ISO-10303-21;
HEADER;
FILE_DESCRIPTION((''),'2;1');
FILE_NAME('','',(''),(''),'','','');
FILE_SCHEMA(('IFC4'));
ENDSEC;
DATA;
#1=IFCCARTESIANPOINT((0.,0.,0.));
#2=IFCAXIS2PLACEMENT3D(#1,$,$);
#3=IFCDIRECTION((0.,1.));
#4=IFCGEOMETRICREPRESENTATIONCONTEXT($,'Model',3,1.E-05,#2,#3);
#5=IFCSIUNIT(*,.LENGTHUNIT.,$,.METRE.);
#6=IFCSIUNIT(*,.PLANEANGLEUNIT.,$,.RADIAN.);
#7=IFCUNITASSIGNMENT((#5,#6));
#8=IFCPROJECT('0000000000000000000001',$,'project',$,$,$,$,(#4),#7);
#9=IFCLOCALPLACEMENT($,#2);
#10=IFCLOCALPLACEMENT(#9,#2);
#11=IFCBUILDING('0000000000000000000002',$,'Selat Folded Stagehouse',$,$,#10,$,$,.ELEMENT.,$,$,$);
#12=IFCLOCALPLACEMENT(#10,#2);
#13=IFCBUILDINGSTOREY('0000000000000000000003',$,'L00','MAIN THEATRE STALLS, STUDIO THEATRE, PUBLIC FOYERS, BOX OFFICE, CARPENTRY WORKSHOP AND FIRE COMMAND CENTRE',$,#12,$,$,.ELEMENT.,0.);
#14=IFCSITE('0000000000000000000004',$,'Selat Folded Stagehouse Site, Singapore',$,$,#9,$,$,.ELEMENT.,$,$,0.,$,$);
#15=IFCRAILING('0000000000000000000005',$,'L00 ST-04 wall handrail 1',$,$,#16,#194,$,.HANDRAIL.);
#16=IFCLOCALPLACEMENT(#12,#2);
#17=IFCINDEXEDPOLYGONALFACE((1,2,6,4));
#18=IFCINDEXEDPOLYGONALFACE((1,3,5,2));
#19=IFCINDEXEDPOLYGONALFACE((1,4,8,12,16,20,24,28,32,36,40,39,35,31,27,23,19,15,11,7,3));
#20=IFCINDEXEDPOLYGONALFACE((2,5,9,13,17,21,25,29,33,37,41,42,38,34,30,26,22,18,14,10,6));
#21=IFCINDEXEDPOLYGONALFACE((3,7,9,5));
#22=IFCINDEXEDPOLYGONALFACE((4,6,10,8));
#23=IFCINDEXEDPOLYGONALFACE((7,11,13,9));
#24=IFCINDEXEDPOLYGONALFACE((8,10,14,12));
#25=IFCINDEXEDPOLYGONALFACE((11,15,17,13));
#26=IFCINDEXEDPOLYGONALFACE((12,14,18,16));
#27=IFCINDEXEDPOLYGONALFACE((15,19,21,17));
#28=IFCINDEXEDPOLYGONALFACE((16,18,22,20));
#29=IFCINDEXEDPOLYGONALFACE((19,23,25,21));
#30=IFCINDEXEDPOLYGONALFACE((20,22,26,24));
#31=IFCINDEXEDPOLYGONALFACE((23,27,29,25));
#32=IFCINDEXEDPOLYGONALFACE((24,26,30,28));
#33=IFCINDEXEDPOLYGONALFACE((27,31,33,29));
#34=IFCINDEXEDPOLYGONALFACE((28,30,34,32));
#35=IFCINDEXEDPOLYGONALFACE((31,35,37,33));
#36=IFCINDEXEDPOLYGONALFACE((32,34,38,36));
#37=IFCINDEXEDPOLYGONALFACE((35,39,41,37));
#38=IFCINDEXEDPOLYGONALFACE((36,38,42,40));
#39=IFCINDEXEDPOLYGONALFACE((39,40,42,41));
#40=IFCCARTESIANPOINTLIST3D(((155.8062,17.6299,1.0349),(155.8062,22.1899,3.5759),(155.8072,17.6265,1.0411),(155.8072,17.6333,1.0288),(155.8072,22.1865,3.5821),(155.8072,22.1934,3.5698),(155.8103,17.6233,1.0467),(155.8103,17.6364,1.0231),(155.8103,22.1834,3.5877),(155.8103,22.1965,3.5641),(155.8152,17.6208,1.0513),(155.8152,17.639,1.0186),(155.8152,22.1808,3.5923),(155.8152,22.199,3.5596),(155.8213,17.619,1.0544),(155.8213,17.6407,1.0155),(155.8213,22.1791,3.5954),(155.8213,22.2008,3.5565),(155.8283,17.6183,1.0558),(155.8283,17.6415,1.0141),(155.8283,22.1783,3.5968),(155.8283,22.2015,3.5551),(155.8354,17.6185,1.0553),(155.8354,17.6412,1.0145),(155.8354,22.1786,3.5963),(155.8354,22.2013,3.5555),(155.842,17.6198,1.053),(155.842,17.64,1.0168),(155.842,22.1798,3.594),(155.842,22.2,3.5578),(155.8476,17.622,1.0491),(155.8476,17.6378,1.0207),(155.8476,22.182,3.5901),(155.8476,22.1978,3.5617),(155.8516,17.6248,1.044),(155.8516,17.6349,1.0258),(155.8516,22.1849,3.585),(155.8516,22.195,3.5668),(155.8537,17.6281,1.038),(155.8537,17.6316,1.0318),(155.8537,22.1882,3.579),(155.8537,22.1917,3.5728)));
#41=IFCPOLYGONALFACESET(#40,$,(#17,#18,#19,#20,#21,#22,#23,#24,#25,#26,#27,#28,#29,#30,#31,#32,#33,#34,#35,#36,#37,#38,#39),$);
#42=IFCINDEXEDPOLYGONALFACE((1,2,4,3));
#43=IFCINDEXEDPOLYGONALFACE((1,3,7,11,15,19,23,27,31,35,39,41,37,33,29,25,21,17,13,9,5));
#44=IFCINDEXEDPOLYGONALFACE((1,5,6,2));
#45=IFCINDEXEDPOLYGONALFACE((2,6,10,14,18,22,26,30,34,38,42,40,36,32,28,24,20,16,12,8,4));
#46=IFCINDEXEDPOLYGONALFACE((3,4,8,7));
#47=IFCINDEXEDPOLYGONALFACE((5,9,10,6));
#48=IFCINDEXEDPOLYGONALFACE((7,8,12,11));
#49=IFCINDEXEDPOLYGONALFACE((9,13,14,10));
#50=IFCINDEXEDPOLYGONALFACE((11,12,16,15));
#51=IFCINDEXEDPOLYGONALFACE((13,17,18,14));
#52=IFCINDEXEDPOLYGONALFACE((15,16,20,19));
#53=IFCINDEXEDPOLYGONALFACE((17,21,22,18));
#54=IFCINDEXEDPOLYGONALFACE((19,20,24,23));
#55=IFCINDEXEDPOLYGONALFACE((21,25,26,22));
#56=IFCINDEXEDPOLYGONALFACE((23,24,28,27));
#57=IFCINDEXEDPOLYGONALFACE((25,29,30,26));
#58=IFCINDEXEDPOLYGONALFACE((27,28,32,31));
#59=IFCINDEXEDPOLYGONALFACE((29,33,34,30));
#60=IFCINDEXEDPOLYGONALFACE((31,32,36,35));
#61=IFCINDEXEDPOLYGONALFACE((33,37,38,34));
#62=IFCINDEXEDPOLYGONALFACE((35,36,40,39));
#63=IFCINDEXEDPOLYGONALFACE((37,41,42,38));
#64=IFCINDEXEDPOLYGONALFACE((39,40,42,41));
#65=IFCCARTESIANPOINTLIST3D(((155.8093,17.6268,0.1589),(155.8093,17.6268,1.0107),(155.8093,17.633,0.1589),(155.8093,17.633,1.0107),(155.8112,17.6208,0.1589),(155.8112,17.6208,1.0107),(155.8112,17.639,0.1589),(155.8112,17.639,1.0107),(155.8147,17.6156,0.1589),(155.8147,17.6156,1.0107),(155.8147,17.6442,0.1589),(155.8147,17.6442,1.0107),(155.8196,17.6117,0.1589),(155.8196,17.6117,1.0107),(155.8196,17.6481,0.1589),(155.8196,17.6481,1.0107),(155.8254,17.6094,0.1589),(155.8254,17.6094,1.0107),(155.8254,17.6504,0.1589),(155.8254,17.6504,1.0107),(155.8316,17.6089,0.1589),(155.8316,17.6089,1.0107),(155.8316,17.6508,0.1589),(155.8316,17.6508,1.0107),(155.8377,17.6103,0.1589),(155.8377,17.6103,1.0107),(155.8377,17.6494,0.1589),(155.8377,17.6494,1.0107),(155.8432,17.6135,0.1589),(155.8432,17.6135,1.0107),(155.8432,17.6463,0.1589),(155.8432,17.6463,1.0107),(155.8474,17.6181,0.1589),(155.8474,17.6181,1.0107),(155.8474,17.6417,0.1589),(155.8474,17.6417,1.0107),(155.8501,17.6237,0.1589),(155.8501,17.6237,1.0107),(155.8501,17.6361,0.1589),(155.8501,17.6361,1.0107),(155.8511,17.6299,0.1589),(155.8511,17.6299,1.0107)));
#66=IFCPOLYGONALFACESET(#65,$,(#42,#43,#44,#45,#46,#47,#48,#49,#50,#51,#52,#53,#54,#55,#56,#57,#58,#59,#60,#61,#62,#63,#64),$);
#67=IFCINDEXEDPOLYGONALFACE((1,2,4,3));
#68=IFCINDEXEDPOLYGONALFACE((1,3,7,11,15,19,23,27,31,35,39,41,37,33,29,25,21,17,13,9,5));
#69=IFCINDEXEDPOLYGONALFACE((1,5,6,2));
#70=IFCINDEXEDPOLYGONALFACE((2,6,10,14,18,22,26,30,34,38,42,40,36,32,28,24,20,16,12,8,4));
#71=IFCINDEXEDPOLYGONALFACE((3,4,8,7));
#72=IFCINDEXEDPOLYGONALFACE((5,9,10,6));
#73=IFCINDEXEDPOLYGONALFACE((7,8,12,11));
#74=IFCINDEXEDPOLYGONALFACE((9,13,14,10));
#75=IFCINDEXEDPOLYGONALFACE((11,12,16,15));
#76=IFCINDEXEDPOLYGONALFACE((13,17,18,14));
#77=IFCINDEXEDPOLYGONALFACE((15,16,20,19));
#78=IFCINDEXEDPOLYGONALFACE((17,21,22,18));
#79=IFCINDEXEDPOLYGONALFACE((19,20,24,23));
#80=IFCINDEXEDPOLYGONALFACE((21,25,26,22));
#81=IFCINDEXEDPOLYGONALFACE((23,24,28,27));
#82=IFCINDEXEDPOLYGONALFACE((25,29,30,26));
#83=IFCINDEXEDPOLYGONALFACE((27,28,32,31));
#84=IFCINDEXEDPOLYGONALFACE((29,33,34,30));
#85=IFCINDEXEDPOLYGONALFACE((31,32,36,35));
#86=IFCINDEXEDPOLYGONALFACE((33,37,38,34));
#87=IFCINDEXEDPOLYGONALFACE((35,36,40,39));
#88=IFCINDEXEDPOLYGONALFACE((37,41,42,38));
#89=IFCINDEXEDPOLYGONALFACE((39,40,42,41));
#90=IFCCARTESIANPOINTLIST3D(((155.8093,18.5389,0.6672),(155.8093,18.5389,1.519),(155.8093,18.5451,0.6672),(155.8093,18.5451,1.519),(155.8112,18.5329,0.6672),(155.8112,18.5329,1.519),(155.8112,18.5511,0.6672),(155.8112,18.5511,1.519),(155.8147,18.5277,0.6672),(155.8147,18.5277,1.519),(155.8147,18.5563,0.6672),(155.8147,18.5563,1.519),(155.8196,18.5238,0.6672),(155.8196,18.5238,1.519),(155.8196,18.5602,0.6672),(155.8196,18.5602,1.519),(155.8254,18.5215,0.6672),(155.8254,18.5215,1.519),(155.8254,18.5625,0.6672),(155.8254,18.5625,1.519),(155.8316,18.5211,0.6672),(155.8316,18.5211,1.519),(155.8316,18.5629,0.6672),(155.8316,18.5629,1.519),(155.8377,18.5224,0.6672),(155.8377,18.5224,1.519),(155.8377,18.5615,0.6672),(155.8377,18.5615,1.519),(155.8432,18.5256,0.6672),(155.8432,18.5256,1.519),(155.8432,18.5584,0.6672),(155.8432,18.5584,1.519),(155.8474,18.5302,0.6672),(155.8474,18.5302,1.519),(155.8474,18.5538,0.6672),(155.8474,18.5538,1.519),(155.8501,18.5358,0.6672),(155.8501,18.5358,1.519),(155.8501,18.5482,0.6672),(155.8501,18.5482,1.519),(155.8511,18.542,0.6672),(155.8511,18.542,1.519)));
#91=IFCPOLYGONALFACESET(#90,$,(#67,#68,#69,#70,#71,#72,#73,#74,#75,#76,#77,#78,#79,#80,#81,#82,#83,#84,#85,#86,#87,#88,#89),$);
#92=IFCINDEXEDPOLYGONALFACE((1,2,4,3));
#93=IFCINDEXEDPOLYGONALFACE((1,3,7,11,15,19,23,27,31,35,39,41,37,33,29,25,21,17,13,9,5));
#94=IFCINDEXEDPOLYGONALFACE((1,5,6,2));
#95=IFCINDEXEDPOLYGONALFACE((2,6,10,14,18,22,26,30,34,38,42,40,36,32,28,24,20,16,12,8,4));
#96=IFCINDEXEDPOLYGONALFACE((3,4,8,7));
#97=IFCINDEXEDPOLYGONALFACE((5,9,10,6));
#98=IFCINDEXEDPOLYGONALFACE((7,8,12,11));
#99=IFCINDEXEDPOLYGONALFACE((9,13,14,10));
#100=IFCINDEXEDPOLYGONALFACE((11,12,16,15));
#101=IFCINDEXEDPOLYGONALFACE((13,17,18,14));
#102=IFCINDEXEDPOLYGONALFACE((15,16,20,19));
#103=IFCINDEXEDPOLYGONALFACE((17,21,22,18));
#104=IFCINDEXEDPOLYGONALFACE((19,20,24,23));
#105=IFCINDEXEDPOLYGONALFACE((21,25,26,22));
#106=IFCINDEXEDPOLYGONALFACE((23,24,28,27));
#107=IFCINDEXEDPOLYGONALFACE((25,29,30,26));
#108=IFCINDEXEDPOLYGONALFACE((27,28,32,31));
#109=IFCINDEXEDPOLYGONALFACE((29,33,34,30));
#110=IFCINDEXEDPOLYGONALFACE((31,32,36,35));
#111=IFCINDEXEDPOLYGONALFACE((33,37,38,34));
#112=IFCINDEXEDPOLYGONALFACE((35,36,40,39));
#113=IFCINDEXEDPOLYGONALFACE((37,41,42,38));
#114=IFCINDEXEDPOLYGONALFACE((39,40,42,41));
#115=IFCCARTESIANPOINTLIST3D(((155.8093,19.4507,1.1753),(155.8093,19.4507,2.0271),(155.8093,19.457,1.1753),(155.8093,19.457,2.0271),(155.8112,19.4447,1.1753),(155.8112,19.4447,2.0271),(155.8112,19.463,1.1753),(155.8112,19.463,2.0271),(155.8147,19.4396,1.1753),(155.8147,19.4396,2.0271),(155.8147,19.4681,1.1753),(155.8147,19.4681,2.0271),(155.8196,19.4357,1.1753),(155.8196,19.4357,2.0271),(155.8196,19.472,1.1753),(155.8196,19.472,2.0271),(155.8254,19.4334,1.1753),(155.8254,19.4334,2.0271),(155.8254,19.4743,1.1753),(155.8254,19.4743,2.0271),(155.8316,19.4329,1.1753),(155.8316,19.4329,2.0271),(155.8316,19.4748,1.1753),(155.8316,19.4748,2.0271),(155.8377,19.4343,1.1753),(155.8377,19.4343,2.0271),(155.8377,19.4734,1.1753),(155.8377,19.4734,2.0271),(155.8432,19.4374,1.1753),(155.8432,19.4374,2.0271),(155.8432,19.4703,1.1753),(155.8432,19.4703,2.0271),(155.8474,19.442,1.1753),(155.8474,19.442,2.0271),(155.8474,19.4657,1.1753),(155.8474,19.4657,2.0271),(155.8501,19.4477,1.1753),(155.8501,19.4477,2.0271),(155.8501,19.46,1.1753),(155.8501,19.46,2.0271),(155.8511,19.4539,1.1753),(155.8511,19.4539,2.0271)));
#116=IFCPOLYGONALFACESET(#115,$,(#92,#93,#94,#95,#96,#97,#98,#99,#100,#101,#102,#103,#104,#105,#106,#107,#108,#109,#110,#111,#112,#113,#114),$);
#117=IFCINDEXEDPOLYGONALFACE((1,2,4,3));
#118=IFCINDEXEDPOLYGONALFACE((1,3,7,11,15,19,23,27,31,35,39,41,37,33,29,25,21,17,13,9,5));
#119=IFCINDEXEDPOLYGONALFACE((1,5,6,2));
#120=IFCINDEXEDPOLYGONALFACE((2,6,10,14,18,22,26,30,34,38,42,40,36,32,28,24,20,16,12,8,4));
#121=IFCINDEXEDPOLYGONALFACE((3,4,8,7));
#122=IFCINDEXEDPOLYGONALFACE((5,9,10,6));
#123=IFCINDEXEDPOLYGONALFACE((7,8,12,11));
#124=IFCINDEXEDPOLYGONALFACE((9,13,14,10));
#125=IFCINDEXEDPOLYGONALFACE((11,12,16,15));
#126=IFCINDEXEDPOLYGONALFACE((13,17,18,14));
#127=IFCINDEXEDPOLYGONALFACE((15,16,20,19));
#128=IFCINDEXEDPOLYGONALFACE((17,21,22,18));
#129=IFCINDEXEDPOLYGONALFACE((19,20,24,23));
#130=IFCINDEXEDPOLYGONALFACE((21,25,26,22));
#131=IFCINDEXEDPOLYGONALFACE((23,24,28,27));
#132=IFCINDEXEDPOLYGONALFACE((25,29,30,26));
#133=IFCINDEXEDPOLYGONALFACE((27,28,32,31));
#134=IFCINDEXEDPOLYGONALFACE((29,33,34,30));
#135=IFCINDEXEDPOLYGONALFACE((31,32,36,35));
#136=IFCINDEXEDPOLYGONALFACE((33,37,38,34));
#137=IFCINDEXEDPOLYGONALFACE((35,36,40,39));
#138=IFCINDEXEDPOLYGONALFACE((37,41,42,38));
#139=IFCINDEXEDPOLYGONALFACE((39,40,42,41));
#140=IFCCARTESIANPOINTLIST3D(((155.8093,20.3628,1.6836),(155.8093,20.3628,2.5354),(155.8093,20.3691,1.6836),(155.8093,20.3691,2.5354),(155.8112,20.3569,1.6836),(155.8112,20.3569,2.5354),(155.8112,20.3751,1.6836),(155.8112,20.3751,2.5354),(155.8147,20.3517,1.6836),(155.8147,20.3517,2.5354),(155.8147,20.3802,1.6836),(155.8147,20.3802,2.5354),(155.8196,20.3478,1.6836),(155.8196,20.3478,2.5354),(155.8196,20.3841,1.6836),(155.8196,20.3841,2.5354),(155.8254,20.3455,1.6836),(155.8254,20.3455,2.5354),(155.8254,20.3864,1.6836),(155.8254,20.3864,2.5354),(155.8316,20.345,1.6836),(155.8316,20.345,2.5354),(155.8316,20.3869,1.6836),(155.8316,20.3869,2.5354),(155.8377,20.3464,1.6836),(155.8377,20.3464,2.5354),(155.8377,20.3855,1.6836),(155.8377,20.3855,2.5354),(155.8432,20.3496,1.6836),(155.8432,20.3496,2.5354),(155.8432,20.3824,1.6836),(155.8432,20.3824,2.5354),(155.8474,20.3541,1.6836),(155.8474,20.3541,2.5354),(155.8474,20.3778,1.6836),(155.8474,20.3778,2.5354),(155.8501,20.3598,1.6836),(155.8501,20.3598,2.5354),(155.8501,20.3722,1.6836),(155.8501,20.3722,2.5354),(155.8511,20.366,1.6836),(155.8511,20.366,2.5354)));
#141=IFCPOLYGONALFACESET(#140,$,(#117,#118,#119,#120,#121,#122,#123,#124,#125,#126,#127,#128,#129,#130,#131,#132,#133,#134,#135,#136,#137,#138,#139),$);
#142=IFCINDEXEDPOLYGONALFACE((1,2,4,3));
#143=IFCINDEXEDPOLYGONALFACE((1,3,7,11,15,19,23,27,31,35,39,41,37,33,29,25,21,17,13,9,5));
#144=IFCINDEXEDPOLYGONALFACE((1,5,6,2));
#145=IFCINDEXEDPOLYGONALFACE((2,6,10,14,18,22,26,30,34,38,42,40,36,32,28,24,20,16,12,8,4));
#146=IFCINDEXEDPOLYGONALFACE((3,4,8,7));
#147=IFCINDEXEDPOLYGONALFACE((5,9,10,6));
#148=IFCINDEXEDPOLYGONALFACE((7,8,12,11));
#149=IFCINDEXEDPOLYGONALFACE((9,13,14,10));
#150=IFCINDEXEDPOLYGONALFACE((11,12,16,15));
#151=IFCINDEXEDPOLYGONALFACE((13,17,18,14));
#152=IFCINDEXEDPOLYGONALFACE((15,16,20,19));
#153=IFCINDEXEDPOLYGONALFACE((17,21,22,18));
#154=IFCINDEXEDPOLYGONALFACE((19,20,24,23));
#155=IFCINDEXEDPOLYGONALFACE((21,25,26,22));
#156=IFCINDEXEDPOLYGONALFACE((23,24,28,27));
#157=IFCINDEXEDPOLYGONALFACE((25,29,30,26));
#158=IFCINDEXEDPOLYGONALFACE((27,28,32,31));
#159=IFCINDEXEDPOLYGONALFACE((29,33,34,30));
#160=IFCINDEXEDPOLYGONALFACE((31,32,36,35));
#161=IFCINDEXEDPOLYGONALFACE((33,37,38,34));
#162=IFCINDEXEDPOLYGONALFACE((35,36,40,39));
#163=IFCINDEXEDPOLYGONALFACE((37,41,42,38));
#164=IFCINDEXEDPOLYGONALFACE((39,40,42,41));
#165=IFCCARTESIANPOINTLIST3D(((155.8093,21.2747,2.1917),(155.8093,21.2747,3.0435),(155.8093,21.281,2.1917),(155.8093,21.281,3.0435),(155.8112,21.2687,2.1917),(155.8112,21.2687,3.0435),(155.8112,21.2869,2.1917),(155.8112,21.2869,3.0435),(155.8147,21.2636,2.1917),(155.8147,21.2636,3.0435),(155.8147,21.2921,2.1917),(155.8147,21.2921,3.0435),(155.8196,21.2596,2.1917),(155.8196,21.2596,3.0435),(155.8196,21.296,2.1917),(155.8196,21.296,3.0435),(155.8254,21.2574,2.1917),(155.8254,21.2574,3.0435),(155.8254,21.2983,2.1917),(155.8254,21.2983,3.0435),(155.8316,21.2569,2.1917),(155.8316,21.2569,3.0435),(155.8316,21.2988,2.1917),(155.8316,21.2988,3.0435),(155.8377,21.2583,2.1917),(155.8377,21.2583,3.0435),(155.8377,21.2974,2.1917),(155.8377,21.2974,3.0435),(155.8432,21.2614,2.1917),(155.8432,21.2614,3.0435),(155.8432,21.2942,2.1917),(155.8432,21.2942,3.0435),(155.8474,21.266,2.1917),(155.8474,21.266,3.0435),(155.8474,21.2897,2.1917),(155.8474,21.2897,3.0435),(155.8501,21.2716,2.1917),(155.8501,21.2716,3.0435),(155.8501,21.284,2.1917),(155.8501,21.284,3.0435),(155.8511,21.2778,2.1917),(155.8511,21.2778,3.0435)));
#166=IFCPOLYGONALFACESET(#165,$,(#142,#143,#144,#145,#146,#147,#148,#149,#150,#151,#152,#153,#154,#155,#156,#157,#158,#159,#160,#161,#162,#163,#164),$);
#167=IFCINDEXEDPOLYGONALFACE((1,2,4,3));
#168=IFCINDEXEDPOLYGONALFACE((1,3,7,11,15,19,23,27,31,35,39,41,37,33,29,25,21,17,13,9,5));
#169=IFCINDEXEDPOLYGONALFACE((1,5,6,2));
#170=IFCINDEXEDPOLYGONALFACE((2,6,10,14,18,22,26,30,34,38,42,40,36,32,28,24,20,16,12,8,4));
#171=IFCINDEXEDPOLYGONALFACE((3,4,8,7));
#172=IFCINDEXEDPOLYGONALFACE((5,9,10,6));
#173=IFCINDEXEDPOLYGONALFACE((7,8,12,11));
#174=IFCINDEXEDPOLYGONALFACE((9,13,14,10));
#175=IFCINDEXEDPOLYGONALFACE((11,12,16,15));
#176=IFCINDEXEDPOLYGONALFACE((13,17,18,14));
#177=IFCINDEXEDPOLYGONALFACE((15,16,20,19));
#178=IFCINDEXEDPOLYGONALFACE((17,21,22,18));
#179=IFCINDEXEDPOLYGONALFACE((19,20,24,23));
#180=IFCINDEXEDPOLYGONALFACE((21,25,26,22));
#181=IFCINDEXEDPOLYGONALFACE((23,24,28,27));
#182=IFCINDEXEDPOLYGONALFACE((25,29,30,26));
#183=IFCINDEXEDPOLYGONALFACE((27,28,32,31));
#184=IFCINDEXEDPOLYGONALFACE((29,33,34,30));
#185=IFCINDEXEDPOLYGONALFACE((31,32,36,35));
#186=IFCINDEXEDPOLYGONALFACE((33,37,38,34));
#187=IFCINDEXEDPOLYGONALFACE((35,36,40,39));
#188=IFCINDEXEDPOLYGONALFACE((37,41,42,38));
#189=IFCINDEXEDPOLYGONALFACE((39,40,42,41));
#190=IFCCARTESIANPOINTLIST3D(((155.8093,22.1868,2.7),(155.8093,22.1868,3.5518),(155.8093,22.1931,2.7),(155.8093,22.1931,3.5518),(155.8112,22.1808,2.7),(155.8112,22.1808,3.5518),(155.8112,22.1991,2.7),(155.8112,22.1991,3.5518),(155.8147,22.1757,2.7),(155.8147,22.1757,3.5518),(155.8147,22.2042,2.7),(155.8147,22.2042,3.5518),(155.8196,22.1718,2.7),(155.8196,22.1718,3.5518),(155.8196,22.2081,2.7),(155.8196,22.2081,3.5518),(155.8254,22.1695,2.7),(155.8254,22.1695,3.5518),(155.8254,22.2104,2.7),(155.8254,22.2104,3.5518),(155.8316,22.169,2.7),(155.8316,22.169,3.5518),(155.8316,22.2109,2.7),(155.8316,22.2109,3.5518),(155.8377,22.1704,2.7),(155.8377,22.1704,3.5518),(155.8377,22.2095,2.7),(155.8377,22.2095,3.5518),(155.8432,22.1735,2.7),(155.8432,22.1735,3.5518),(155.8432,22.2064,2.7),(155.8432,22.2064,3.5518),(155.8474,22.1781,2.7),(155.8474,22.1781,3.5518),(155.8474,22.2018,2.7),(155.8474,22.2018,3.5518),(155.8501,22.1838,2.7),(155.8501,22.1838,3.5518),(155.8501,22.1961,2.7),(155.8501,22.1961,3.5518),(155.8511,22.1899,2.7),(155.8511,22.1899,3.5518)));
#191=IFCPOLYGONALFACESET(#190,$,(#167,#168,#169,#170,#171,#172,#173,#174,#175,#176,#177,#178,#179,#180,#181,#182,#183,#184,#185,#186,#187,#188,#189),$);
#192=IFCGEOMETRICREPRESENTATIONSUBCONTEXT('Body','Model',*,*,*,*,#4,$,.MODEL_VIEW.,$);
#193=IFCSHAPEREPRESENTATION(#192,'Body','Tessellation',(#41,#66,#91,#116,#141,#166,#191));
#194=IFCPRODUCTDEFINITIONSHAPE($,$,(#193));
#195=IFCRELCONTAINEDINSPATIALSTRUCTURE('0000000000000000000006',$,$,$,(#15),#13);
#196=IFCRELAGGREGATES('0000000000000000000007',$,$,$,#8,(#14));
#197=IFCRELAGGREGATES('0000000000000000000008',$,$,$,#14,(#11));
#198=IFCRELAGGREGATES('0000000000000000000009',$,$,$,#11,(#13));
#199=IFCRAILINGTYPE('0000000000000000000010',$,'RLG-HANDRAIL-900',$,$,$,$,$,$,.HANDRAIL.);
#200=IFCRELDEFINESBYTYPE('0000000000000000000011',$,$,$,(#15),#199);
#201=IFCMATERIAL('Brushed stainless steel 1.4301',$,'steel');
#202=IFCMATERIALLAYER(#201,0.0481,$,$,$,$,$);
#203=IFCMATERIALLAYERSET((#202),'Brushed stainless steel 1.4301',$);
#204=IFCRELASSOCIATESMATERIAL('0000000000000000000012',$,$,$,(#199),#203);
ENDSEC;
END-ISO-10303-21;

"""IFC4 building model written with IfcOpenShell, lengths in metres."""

from ifc_helpers import new_model, si_unit, direction, frame, origin, origin_2d, place, context, subcontext, project, spatial, circle, extrude, material, layer, layer_set, type_object, element, save


model = new_model("IFC4")

# Units and contexts
model_context = context("Model", 3, precision=1e-05, world=origin(), true_north=direction((0.0, 1.0)))
body_context = subcontext(model_context, "Body", "Model", "MODEL_VIEW")
ifc_project = project(units=[si_unit("LENGTHUNIT", "METRE"), si_unit("PLANEANGLEUNIT", "RADIAN")], contexts=[model_context])

# Site, building, storey
site_placement = place(None, origin())
site = spatial("IfcSite", under=ifc_project, at=site_placement, Name="Selat Folded Stagehouse Site, Singapore", CompositionType="ELEMENT", RefElevation=0.0)
building_placement = place(site_placement, origin())
building = spatial("IfcBuilding", under=site, at=building_placement, Name="Selat Folded Stagehouse", CompositionType="ELEMENT")
storey_placement = place(building_placement, origin())
storey = spatial("IfcBuildingStorey", under=building, at=storey_placement, Name="L00", Description="MAIN THEATRE STALLS, STUDIO THEATRE, PUBLIC FOYERS, BOX OFFICE, CARPENTRY WORKSHOP AND FIRE COMMAND CENTRE", CompositionType="ELEMENT", Elevation=0.0)

# Railing
ifc_material_1 = material(Name="Brushed stainless steel 1.4301", Category="steel")
ifc_layer_1 = layer(ifc_material_1, 0.0481)
ifc_layer_set_1 = layer_set([ifc_layer_1], Name="Brushed stainless steel 1.4301")
railing_type_1 = type_object("IfcRailingType", Name="RLG-HANDRAIL-900", PredefinedType="HANDRAIL", material=ifc_layer_set_1)
railing_1_placement = place(storey_placement, frame((155.8301, 17.6299, 0.1589)))
element("IfcRailing", 1, at=railing_1_placement, inside=storey, type_object=railing_type_1, Name="L00 ST-04 wall handrail 1", PredefinedType="HANDRAIL", context=body_context, shape_type="SweptSolid", body=[
    extrude(circle(Radius=0.0239, at=origin_2d()), frame((0.0, 0.0, 0.876), z_axis=(0.0, 0.873534, 0.486762), x_axis=(-1.0, 0.0, 0.0)), (0.0, 0.0, 1.0), 5.2202),
    extrude(circle(Radius=0.021, at=origin_2d()), origin(), (0.0, 0.0, 1.0), 0.8518),
    extrude(circle(Radius=0.021, at=origin_2d()), frame((0.0, 0.9121, 0.5083)), (0.0, 0.0, 1.0), 0.8518),
    extrude(circle(Radius=0.021, at=origin_2d()), frame((0.0, 1.824, 1.0164)), (0.0, 0.0, 1.0), 0.8518),
    extrude(circle(Radius=0.021, at=origin_2d()), frame((0.0, 2.7361, 1.5247)), (0.0, 0.0, 1.0), 0.8518),
    extrude(circle(Radius=0.021, at=origin_2d()), frame((0.0, 3.6479, 2.0327)), (0.0, 0.0, 1.0), 0.8518),
    extrude(circle(Radius=0.021, at=origin_2d()), frame((0.0, 4.5601, 2.541)), (0.0, 0.0, 1.0), 0.8518),
])

save(model, "model.ifc")
